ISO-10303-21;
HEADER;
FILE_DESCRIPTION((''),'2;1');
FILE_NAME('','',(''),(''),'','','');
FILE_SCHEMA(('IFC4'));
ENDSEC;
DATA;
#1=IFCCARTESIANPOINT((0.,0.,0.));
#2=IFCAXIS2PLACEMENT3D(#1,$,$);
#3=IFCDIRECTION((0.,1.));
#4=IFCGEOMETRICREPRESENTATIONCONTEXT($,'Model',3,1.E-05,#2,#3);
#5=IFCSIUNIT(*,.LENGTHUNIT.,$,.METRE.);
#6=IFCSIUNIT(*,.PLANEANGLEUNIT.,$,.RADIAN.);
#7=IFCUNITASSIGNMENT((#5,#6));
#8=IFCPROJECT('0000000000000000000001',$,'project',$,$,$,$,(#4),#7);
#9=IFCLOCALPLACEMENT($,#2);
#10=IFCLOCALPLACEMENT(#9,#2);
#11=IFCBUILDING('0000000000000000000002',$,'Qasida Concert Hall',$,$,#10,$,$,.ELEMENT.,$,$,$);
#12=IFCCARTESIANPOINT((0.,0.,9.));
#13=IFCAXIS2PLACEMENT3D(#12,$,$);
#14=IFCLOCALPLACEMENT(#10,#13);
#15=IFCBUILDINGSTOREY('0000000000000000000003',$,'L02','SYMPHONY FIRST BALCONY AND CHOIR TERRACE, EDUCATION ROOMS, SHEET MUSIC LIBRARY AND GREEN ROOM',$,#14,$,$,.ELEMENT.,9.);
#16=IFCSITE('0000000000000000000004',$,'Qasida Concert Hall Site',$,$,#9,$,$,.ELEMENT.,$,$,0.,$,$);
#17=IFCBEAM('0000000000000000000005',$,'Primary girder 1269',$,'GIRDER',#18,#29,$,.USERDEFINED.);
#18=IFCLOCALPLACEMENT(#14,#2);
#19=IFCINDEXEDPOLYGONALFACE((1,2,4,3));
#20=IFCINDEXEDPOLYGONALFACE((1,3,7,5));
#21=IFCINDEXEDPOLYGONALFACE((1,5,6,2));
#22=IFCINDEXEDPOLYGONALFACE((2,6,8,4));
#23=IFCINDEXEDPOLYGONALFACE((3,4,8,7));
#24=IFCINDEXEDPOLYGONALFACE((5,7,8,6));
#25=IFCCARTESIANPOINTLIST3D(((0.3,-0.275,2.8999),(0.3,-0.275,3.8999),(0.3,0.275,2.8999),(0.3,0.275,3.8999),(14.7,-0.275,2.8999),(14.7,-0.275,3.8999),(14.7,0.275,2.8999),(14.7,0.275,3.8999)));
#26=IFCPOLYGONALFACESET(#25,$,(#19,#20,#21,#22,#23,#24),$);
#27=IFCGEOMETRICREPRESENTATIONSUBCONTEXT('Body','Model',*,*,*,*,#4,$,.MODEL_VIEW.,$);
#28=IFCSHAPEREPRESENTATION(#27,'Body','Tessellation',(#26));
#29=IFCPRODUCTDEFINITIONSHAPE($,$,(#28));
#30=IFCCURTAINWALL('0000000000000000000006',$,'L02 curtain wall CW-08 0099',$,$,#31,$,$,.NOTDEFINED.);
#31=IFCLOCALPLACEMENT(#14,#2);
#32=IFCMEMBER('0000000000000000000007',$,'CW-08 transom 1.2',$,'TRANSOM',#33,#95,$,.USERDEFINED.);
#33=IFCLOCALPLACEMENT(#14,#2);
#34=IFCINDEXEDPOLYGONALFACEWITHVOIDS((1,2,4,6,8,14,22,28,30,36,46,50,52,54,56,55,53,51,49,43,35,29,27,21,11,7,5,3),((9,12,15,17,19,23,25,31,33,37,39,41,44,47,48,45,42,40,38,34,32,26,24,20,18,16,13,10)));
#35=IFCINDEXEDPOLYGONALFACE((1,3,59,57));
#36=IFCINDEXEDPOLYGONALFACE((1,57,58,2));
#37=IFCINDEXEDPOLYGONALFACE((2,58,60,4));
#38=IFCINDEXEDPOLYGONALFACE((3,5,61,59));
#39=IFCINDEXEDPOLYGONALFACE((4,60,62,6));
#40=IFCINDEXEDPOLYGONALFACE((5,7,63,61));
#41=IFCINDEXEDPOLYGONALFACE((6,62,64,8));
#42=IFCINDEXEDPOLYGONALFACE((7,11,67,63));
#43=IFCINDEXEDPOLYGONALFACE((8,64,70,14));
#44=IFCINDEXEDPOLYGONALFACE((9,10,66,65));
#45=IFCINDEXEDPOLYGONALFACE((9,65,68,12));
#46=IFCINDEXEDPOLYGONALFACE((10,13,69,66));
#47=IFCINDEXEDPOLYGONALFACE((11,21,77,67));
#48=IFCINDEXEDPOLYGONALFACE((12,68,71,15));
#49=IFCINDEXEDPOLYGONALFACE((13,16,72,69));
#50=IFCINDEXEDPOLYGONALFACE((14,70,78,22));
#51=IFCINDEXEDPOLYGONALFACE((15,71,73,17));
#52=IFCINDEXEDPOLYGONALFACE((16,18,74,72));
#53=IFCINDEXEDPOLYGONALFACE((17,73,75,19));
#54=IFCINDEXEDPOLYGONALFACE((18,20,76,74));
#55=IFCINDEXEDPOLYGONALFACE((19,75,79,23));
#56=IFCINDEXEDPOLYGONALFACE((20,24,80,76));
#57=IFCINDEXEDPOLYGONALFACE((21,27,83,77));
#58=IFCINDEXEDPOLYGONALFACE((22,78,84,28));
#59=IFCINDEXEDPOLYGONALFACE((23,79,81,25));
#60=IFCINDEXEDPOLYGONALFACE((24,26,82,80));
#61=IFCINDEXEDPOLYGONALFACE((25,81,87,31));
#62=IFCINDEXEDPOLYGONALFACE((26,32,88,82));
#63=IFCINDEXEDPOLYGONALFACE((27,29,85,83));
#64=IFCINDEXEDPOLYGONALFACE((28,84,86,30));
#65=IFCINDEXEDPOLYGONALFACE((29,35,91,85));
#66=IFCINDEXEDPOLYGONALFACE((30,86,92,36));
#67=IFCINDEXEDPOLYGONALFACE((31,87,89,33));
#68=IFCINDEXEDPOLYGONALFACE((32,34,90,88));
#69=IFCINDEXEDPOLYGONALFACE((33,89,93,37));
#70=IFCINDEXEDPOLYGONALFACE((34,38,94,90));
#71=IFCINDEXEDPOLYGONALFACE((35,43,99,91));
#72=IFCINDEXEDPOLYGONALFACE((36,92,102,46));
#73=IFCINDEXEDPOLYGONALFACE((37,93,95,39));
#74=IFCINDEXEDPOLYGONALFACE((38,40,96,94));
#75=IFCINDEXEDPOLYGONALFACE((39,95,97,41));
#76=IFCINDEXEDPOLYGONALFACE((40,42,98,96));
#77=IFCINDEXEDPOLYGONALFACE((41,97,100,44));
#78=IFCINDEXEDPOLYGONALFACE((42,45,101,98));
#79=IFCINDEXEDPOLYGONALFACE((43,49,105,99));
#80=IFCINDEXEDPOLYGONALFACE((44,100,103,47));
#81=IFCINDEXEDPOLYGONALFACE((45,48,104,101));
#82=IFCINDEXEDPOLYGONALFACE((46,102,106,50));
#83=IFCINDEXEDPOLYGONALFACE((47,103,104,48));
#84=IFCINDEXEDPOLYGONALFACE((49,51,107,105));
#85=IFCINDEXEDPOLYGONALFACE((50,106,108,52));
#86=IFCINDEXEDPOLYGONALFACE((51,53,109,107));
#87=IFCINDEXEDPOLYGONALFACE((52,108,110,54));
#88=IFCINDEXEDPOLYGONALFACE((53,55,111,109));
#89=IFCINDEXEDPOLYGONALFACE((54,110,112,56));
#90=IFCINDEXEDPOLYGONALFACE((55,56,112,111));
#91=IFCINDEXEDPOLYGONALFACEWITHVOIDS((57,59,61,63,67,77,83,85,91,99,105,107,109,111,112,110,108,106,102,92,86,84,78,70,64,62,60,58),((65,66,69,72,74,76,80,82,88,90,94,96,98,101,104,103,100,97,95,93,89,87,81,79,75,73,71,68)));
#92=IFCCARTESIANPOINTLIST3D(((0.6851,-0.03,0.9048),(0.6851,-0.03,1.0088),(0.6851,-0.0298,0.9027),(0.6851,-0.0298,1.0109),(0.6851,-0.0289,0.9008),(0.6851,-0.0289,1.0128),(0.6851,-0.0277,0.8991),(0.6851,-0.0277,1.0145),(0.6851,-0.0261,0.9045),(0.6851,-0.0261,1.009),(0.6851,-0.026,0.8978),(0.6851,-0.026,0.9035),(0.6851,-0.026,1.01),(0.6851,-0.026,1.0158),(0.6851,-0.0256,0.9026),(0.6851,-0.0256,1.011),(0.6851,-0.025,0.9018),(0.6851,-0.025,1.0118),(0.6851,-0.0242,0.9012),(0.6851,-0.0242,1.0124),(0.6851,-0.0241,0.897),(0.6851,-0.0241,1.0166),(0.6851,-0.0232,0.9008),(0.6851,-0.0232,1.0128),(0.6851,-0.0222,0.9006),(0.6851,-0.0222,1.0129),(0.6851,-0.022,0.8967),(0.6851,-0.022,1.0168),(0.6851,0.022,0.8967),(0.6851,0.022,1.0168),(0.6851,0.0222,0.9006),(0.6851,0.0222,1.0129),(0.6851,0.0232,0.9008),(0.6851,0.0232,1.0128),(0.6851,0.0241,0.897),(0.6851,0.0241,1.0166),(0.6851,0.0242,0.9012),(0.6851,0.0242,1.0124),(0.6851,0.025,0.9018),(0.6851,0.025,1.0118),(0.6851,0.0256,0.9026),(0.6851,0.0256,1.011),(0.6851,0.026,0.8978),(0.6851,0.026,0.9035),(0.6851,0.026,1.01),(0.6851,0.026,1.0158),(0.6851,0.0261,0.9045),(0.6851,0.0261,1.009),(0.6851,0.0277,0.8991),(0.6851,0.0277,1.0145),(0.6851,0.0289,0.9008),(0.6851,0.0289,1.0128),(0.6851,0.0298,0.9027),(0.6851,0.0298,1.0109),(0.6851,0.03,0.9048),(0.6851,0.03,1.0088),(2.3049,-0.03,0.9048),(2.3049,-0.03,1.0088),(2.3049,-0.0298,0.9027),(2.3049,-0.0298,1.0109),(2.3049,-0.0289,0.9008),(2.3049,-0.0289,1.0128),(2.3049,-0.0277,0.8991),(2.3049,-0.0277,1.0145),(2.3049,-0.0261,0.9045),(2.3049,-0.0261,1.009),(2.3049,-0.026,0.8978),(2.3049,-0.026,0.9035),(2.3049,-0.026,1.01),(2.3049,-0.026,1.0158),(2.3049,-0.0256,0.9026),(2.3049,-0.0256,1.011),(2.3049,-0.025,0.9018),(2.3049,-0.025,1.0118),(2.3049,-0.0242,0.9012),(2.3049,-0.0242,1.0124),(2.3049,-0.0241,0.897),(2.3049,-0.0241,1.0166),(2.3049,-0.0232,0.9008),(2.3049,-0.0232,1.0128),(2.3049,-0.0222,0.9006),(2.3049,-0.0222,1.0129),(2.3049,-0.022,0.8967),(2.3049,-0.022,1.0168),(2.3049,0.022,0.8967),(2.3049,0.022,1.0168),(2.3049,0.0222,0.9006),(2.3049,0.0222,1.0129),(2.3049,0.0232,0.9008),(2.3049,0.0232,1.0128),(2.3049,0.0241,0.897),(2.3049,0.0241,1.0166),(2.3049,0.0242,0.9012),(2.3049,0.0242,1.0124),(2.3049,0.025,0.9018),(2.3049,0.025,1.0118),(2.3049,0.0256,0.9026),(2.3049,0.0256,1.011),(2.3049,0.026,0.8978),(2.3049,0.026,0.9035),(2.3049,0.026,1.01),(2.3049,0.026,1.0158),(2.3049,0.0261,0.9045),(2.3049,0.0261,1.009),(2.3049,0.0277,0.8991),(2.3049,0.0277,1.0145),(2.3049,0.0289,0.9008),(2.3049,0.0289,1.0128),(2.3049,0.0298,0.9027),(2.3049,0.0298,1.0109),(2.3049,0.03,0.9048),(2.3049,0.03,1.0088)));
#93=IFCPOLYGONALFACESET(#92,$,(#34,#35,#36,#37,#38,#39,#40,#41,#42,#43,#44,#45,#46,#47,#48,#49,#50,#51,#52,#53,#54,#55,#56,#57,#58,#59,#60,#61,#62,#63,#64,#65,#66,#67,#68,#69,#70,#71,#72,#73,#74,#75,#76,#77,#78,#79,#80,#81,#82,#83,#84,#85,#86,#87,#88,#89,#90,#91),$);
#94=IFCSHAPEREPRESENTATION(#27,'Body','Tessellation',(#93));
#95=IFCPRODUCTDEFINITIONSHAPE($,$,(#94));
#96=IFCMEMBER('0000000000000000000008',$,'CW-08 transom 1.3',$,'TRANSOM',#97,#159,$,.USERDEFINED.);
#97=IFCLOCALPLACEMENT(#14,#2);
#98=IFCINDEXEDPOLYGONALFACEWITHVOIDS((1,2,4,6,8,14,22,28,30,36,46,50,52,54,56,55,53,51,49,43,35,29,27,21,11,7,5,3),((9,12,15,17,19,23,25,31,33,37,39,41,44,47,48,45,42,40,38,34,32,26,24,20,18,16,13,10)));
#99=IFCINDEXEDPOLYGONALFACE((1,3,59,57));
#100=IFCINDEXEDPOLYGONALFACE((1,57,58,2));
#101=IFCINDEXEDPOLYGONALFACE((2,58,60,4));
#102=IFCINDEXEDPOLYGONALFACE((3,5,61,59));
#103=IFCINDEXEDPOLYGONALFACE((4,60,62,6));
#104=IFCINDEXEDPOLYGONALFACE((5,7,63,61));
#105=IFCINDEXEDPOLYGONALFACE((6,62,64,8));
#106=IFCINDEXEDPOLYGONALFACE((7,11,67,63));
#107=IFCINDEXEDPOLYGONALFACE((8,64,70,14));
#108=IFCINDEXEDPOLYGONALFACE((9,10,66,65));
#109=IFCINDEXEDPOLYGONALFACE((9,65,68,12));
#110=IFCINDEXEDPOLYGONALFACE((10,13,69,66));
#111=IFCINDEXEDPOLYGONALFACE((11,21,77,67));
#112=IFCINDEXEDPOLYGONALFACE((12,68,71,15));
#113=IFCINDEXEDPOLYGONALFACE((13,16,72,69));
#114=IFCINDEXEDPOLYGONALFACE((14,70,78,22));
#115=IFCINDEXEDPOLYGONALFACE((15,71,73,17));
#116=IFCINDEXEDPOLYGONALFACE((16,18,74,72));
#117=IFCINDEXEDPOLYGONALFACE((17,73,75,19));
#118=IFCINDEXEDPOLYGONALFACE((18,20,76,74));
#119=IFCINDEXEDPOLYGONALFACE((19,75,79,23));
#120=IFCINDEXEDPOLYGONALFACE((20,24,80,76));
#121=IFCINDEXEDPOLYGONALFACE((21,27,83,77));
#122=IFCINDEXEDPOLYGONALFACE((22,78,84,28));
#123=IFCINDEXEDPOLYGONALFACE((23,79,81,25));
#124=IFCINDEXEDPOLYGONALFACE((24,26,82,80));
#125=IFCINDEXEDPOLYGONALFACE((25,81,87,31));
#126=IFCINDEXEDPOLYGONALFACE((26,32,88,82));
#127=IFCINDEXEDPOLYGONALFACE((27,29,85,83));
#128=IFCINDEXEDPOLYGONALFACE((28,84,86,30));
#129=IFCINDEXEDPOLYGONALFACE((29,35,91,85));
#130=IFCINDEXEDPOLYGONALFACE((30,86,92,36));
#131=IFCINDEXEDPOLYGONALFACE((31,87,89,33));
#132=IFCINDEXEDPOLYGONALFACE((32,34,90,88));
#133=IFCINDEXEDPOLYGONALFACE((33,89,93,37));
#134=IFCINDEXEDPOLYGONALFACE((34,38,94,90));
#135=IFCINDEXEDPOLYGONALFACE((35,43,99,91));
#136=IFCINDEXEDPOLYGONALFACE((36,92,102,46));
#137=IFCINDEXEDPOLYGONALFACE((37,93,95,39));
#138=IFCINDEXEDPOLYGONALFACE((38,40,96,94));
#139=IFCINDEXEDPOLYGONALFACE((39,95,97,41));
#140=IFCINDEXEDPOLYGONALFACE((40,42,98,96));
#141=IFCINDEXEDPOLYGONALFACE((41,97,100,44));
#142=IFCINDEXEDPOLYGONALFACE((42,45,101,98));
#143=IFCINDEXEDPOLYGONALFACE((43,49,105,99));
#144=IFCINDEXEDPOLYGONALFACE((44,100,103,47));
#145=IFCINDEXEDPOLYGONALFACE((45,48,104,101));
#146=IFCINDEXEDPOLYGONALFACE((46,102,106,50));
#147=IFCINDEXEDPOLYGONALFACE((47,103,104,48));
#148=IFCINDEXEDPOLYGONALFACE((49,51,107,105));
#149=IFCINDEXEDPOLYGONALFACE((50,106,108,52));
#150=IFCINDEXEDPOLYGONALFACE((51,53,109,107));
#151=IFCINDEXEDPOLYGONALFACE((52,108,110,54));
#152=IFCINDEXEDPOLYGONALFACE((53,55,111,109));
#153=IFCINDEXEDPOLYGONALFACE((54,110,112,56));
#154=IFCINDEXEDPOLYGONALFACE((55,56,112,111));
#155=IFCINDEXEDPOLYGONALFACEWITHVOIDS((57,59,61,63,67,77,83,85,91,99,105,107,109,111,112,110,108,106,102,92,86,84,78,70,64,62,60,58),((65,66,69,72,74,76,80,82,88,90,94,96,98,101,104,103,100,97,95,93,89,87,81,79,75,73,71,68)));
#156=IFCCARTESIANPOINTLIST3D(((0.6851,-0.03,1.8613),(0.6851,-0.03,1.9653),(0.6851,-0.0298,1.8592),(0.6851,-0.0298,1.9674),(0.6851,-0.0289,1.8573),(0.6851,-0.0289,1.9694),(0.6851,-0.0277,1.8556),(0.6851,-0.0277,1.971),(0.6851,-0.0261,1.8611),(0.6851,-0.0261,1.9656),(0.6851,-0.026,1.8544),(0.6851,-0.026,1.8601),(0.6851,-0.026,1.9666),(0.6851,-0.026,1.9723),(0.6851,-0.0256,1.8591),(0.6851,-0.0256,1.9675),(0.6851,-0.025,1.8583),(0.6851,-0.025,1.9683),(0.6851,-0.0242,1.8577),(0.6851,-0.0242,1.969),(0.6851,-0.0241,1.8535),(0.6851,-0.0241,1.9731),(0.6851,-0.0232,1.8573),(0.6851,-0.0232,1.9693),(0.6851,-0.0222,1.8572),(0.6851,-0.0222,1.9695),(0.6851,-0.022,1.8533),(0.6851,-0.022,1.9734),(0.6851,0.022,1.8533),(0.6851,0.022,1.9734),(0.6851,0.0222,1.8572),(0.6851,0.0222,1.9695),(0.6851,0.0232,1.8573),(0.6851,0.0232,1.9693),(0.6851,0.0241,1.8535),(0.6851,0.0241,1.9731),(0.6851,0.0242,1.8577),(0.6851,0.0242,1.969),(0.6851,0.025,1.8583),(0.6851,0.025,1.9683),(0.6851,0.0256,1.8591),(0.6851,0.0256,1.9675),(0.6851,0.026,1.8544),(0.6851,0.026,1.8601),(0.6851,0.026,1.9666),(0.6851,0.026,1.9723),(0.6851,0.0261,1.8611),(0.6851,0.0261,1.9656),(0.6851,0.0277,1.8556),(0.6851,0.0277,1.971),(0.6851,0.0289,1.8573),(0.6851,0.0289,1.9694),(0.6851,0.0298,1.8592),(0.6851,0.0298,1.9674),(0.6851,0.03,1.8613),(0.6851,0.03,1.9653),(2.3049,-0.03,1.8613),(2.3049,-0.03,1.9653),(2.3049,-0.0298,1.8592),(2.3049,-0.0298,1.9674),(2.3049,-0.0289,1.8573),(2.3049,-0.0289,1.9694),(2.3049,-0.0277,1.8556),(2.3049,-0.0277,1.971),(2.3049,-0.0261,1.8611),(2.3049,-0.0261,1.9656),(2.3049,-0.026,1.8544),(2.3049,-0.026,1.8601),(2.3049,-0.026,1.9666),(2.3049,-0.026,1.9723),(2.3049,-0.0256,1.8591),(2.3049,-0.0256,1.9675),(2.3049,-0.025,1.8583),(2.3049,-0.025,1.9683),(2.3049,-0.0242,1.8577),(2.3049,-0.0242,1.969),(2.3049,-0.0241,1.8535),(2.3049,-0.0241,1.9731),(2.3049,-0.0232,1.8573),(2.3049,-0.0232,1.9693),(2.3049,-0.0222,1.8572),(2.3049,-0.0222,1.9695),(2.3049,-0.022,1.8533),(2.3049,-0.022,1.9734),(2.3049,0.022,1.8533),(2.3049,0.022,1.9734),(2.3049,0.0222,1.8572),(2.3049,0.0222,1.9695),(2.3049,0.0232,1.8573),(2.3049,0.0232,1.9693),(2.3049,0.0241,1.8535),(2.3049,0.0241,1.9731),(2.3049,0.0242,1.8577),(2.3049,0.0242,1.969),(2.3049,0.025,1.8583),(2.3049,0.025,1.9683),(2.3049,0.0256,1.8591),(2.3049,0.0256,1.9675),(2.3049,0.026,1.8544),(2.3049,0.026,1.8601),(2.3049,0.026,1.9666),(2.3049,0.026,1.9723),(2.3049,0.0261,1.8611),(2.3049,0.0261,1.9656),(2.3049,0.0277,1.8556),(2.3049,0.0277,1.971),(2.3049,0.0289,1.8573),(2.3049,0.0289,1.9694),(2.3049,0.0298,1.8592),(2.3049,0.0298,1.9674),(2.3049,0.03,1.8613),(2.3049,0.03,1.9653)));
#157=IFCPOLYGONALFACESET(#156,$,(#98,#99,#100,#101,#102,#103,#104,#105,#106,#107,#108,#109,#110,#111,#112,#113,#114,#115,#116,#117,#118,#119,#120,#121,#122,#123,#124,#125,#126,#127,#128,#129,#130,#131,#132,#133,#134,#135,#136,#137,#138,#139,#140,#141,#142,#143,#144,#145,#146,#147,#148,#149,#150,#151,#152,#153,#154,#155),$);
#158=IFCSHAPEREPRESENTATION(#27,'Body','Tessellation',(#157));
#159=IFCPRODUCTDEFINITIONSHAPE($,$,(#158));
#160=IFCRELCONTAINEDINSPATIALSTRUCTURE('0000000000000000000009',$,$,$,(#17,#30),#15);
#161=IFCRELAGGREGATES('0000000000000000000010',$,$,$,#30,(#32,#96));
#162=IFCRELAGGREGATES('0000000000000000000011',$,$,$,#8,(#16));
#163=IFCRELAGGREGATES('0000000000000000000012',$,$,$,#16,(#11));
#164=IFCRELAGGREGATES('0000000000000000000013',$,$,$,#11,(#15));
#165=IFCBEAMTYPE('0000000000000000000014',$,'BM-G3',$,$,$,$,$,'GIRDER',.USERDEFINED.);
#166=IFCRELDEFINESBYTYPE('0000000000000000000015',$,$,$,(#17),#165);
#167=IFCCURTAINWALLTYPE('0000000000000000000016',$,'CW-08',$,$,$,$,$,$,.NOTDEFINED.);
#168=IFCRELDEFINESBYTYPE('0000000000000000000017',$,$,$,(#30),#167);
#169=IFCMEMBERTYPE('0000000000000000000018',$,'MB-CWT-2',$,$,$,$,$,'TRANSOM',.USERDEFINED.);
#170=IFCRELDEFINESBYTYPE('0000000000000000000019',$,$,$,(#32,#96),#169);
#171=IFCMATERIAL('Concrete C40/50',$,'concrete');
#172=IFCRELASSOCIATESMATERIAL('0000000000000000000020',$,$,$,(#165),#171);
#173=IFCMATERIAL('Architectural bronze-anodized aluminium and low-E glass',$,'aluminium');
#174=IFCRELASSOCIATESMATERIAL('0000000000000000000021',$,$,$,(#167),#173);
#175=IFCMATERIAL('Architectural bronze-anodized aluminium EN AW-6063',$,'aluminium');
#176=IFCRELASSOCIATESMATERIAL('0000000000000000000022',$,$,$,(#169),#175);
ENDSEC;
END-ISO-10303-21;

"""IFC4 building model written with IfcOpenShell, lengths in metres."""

from ifc_helpers import new_model, si_unit, direction, frame, origin, origin_2d, place, context, subcontext, project, spatial, rectangle, hollow_rectangle, extrude, material, material_profile, profile_set, type_object, element, aggregate, save


model = new_model("IFC4")

# Units and contexts
model_context = context("Model", 3, precision=1e-05, world=origin(), true_north=direction((0.0, 1.0)))
body_context = subcontext(model_context, "Body", "Model", "MODEL_VIEW")
ifc_project = project(units=[si_unit("LENGTHUNIT", "METRE"), si_unit("PLANEANGLEUNIT", "RADIAN")], contexts=[model_context])

# Site, building, storey
site_placement = place(None, origin())
site = spatial("IfcSite", under=ifc_project, at=site_placement, Name="Qasida Concert Hall Site", CompositionType="ELEMENT", RefElevation=0.0)
building_placement = place(site_placement, origin())
building = spatial("IfcBuilding", under=site, at=building_placement, Name="Qasida Concert Hall", CompositionType="ELEMENT")
storey_placement = place(building_placement, frame((0.0, 0.0, 9.0)))
storey = spatial("IfcBuildingStorey", under=building, at=storey_placement, Name="L02", Description="SYMPHONY FIRST BALCONY AND CHOIR TERRACE, EDUCATION ROOMS, SHEET MUSIC LIBRARY AND GREEN ROOM", CompositionType="ELEMENT", Elevation=9.0)

# Beam
ifc_material_1 = material(Name="Concrete C40/50", Category="concrete")
ifc_material_profile_1 = material_profile(ifc_material_1, rectangle(XDim=0.55, YDim=1.0, at=origin_2d()), Name="RC 550x1000")
ifc_profile_set_1 = profile_set([ifc_material_profile_1], Name="Concrete C40/50")
beam_type = type_object("IfcBeamType", Name="BM-G3", ElementType="GIRDER", PredefinedType="USERDEFINED", material=ifc_profile_set_1)
beam_placement = place(storey_placement, frame((0.3, 0.0, 3.3999), z_axis=(1.0, 0.0, 0.0), x_axis=(0.0, 1.0, 0.0)))
element("IfcBeam", 1, at=beam_placement, inside=storey, type_object=beam_type, Name="Primary girder 1269", ObjectType="GIRDER", PredefinedType="USERDEFINED", context=body_context, shape_type="SweptSolid", body=[
    extrude(rectangle(XDim=0.55, YDim=1.0, at=origin_2d()), origin(), (0.0, 0.0, 1.0), 14.3999),
])

# Curtain wall, members
ifc_material_2 = material(Name="Architectural bronze-anodized aluminium and low-E glass", Category="aluminium")
curtain_wall_type = type_object("IfcCurtainWallType", Name="CW-08", PredefinedType="NOTDEFINED", material=ifc_material_2)
curtain_wall_placement = place(storey_placement, origin())
curtain_wall = element("IfcCurtainWall", 2, at=curtain_wall_placement, inside=storey, type_object=curtain_wall_type, Name="L02 curtain wall CW-08 0099", PredefinedType="NOTDEFINED")
ifc_material_3 = material(Name="Architectural bronze-anodized aluminium EN AW-6063", Category="aluminium")
ifc_material_profile_2 = material_profile(ifc_material_3, hollow_rectangle(XDim=0.0601, YDim=0.1201, WallThickness=0.0039, InnerFilletRadius=0.0039, OuterFilletRadius=0.0081, at=origin_2d()), Name="CWT 120x60x4")
ifc_profile_set_2 = profile_set([ifc_material_profile_2], Name="Architectural bronze-anodized aluminium EN AW-6063")
member_type = type_object("IfcMemberType", Name="MB-CWT-2", ElementType="TRANSOM", PredefinedType="USERDEFINED", material=ifc_profile_set_2)
member_1_placement = place(storey_placement, frame((0.6851, 0.0, 0.9568), z_axis=(1.0, 0.0, 0.0), x_axis=(0.0, 1.0, 0.0)))
member_1 = element("IfcMember", 3, at=member_1_placement, type_object=member_type, Name="CW-08 transom 1.2", ObjectType="TRANSOM", PredefinedType="USERDEFINED", context=body_context, shape_type="SweptSolid", body=[
    extrude(hollow_rectangle(XDim=0.0601, YDim=0.1201, WallThickness=0.0039, InnerFilletRadius=0.0039, OuterFilletRadius=0.0081, at=origin_2d()), origin(), (0.0, 0.0, 1.0), 1.6199),
])
member_2_placement = place(storey_placement, frame((0.6851, 0.0, 1.9133), z_axis=(1.0, 0.0, 0.0), x_axis=(0.0, 1.0, 0.0)))
member_2 = element("IfcMember", 4, at=member_2_placement, type_object=member_type, Name="CW-08 transom 1.3", ObjectType="TRANSOM", PredefinedType="USERDEFINED", context=body_context, shape_type="SweptSolid", body=[
    extrude(hollow_rectangle(XDim=0.0601, YDim=0.1201, WallThickness=0.0039, InnerFilletRadius=0.0039, OuterFilletRadius=0.0081, at=origin_2d()), origin(), (0.0, 0.0, 1.0), 1.6199),
])
aggregate(curtain_wall, [member_1, member_2])

save(model, "model.ifc")
